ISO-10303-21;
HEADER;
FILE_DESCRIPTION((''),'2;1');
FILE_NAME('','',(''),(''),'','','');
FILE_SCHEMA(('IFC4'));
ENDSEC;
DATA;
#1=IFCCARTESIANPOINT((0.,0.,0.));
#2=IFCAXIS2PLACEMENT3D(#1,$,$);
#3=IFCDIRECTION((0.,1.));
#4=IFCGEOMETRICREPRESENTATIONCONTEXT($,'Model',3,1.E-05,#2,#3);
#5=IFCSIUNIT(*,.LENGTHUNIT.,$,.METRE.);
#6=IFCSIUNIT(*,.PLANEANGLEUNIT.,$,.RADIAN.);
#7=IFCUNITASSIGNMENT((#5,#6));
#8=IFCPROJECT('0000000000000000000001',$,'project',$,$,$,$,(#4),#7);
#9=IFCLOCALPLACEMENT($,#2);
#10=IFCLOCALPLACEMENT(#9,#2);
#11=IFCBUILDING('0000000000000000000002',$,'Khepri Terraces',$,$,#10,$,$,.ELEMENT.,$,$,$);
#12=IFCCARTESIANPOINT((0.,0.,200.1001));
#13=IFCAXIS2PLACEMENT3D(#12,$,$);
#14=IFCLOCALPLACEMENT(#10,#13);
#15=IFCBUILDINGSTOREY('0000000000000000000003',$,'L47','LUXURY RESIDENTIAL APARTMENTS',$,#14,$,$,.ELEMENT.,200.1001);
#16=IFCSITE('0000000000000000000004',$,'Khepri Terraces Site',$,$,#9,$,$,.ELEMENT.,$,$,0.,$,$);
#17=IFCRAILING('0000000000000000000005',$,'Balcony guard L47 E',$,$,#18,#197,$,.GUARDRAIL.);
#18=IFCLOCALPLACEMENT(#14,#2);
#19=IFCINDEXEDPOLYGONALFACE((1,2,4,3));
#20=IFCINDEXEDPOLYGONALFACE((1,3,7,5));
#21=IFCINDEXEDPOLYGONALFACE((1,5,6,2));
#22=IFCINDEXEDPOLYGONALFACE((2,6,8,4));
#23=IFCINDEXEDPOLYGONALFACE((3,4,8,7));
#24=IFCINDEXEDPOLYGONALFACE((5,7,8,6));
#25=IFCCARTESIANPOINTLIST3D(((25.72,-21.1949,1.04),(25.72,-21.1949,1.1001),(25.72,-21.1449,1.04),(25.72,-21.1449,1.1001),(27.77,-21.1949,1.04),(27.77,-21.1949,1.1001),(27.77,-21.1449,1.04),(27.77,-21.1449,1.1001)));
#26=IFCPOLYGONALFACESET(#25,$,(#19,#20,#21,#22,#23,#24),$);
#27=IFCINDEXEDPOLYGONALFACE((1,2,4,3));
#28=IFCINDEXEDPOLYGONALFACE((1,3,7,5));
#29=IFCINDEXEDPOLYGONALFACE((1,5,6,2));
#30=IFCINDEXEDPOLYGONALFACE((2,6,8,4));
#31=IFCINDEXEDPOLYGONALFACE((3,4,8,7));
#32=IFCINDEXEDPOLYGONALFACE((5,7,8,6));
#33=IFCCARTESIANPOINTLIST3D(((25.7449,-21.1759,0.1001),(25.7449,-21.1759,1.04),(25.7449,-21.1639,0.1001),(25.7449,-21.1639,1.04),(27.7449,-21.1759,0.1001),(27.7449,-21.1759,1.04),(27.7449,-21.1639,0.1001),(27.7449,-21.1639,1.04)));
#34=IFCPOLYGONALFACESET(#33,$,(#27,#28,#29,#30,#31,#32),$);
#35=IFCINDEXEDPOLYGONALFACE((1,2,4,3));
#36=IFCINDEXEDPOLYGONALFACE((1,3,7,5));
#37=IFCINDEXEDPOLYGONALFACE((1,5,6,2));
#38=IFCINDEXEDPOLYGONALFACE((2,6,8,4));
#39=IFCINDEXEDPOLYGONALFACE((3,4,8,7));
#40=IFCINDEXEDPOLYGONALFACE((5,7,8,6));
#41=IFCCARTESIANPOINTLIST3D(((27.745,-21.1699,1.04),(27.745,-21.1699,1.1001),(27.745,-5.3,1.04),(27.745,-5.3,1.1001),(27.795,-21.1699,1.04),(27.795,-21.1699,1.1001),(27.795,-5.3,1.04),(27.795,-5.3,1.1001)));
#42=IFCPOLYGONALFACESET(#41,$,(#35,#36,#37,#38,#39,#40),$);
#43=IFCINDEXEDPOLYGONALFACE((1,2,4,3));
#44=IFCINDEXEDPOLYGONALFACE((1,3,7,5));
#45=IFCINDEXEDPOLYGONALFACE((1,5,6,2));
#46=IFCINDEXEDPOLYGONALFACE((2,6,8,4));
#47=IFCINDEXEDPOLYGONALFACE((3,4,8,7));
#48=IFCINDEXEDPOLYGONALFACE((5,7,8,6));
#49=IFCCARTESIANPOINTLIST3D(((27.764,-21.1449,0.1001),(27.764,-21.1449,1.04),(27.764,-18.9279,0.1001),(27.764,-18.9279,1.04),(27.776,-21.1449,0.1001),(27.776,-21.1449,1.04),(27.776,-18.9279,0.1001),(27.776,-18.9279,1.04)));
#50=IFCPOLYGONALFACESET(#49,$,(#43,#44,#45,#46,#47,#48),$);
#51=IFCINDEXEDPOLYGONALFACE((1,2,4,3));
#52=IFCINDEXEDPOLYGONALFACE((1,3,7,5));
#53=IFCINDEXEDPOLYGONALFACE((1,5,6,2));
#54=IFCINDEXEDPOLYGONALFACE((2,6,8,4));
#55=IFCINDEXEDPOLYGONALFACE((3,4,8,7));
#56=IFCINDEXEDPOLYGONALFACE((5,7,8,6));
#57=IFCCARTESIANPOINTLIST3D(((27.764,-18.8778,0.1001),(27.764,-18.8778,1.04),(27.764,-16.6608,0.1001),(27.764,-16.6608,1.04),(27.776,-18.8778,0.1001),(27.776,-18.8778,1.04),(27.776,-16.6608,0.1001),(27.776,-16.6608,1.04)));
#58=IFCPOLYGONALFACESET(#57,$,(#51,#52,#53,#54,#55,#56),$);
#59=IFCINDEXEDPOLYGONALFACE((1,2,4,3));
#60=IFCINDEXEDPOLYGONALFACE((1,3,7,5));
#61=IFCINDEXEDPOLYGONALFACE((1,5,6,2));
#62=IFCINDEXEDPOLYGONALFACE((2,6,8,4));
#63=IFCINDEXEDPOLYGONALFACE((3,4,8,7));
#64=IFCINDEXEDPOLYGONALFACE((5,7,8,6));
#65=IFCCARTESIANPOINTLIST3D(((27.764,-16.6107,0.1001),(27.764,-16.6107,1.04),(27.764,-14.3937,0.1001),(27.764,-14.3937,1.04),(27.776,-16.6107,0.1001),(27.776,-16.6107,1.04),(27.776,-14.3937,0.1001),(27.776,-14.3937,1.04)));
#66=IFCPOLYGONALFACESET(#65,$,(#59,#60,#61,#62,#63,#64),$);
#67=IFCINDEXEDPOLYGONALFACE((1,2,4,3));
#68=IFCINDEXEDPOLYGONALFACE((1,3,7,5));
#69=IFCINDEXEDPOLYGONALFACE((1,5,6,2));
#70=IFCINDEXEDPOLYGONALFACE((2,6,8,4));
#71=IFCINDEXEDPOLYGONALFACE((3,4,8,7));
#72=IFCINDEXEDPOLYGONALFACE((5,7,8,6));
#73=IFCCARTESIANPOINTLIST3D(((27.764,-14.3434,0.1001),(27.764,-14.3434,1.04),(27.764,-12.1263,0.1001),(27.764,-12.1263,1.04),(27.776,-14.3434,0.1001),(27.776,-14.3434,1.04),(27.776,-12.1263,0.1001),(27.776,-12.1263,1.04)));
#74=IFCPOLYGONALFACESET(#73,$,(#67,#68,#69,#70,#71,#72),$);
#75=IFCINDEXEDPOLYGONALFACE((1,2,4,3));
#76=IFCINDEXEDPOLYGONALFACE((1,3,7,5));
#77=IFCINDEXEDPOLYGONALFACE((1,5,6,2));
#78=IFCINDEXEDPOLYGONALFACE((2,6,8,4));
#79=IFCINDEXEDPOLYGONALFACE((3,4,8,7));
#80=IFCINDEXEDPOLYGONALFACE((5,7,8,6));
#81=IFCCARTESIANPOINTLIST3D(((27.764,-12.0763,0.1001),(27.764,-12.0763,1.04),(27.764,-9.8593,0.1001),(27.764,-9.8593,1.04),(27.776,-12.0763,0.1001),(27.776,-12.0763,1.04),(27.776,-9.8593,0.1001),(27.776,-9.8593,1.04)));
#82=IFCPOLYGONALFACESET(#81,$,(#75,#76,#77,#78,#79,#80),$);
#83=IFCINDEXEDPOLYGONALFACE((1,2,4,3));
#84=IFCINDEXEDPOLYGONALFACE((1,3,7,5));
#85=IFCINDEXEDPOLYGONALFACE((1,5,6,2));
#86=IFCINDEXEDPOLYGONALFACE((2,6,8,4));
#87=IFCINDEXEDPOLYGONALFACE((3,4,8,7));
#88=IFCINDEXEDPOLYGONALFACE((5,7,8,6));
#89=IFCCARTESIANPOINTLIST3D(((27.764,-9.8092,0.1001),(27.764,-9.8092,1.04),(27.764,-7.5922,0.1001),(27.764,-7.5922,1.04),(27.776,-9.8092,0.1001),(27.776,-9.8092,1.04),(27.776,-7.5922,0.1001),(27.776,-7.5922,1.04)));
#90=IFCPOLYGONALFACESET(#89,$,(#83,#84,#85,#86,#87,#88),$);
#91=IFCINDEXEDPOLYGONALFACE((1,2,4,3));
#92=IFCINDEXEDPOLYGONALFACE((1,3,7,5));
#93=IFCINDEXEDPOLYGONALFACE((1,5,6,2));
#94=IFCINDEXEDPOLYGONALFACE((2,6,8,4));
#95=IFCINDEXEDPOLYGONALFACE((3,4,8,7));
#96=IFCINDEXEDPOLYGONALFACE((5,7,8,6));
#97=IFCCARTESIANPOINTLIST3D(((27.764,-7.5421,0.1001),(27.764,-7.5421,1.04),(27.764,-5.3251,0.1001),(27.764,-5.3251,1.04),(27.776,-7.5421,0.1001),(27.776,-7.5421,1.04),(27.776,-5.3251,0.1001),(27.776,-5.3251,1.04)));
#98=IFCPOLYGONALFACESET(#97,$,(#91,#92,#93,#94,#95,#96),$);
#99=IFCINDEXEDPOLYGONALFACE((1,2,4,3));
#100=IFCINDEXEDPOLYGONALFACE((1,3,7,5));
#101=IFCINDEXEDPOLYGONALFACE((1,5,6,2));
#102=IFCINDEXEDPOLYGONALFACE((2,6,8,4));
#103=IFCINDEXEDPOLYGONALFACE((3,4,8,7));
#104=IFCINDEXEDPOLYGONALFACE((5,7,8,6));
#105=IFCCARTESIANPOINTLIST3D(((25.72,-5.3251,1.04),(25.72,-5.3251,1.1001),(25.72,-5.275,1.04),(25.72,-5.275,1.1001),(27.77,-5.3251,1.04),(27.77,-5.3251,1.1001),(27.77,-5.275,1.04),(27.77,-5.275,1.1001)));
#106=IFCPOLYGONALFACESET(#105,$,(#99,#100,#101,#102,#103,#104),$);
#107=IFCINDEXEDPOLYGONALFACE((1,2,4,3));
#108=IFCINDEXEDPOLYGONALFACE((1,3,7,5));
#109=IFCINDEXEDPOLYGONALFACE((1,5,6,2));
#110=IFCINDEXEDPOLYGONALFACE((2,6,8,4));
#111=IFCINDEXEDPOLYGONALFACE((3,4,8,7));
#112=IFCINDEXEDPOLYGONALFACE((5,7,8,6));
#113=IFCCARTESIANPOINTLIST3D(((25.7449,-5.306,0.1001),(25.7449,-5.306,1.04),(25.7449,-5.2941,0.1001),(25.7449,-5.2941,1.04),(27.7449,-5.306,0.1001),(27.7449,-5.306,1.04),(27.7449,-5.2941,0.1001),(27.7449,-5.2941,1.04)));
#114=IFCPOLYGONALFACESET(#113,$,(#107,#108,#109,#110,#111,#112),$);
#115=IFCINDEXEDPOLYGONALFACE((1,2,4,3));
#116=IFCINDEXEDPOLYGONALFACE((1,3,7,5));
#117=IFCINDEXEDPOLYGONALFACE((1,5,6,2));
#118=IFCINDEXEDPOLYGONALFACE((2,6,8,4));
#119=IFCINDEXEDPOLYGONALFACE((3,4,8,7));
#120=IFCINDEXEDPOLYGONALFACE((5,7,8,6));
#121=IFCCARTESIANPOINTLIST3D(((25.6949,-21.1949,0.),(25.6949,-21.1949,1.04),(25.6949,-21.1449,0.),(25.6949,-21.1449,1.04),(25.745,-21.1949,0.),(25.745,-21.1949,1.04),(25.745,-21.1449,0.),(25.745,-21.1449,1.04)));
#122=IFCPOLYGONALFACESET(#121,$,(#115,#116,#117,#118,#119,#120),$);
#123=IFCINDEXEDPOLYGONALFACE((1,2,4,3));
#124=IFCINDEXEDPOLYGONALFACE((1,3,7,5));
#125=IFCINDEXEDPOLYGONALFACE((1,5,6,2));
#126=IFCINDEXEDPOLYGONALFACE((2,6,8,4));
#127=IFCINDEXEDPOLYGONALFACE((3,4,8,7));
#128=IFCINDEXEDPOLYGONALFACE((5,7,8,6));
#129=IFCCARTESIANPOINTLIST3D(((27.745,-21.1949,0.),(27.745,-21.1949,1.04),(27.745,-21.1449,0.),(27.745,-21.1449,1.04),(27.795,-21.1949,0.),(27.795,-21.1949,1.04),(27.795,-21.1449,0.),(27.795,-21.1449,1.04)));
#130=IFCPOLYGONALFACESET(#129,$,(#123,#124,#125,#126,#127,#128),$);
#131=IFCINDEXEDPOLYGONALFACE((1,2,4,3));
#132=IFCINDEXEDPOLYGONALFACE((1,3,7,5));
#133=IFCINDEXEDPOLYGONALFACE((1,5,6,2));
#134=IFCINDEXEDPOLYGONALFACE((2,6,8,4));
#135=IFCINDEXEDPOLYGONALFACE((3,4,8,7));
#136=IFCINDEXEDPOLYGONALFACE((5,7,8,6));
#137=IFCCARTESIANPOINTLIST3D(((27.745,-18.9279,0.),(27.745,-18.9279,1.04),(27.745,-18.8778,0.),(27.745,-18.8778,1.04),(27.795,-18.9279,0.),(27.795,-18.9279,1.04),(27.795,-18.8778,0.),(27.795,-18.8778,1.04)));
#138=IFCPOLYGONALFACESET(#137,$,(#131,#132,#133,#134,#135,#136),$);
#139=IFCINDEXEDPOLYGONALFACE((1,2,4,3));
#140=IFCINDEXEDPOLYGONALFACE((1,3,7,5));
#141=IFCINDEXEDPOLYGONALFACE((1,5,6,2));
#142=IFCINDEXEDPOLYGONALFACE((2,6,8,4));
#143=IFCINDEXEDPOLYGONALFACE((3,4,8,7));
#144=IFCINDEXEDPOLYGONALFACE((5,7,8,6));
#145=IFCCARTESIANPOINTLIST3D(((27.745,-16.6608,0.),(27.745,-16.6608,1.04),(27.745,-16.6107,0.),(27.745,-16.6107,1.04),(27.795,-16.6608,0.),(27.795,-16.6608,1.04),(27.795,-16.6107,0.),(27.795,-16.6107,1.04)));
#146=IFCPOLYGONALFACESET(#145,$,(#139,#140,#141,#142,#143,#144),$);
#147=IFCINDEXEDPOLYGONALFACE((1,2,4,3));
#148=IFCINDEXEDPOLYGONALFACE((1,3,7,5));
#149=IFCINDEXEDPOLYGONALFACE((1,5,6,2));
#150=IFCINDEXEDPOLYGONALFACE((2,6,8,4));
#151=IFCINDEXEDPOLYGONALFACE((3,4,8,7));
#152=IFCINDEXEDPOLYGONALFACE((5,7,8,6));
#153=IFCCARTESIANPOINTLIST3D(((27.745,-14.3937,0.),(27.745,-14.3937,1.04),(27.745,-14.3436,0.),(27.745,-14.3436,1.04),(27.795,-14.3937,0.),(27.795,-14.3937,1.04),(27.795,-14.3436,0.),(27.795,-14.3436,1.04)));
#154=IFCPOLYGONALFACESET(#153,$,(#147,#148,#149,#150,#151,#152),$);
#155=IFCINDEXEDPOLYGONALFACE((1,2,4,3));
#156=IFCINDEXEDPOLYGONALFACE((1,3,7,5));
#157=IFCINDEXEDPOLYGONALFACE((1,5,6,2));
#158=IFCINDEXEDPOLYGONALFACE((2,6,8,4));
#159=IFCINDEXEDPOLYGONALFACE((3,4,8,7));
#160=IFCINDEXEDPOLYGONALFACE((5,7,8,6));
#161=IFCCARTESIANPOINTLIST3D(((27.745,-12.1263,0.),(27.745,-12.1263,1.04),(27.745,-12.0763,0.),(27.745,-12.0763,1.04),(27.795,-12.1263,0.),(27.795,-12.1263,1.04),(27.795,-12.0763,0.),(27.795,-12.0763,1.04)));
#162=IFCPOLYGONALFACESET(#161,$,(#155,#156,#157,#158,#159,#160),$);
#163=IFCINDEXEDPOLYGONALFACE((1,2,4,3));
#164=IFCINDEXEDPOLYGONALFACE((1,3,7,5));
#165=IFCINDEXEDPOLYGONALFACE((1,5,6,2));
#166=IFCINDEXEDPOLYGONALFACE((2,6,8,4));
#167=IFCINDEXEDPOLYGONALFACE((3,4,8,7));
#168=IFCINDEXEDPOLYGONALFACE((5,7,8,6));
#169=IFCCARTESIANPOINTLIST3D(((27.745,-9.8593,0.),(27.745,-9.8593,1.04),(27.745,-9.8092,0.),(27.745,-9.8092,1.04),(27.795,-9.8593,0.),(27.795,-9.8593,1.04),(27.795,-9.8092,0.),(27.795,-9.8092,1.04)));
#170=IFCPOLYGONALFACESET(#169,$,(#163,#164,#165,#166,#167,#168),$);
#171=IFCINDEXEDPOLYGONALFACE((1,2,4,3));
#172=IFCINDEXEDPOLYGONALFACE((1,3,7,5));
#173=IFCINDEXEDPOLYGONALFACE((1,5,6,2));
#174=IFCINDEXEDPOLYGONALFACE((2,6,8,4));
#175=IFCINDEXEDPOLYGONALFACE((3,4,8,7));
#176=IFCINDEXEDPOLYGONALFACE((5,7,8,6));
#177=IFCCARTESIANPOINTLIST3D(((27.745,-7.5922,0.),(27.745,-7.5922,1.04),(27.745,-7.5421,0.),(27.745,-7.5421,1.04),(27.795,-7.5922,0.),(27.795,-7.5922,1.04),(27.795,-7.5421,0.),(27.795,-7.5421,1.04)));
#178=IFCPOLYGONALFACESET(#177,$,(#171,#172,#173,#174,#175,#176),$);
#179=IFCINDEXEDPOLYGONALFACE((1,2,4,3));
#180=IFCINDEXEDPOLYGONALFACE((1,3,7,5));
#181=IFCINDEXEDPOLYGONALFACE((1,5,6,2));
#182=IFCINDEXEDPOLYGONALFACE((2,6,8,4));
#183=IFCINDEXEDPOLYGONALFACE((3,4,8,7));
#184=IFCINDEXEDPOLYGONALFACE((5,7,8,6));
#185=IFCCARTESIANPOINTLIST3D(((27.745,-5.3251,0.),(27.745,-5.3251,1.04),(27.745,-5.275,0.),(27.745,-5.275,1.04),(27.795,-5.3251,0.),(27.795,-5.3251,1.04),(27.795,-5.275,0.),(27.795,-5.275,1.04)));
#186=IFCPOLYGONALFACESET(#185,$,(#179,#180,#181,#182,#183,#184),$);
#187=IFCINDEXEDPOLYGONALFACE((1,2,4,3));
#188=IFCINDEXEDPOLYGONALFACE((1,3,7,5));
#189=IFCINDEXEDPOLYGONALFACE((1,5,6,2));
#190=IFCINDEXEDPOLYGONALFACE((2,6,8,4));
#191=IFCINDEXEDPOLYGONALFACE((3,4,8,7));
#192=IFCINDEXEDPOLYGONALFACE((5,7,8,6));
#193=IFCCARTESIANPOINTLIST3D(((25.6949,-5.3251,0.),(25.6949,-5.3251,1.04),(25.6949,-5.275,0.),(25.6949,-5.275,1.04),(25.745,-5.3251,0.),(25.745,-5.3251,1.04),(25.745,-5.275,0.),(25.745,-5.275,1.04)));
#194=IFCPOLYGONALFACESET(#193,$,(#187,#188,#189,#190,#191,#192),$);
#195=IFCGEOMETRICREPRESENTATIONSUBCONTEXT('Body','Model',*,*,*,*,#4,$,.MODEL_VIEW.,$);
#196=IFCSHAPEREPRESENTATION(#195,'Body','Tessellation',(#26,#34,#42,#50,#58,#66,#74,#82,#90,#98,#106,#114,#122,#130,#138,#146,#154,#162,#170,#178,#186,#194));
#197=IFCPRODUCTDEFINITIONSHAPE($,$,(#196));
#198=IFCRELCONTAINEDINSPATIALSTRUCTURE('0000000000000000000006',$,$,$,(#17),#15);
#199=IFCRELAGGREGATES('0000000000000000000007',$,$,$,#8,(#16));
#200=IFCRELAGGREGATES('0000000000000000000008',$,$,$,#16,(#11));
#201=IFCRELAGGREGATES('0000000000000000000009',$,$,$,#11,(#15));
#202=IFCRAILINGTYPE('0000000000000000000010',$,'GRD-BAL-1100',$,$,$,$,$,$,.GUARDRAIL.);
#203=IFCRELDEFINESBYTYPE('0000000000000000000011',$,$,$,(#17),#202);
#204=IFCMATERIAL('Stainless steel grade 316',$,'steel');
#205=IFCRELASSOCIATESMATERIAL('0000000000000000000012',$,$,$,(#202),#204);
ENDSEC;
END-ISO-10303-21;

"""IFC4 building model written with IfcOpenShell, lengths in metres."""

from ifc_helpers import new_model, si_unit, direction, frame, origin, origin_2d, place, context, subcontext, project, spatial, rectangle, extrude, material, type_object, element, save


model = new_model("IFC4")

# Units and contexts
model_context = context("Model", 3, precision=1e-05, world=origin(), true_north=direction((0.0, 1.0)))
body_context = subcontext(model_context, "Body", "Model", "MODEL_VIEW")
ifc_project = project(units=[si_unit("LENGTHUNIT", "METRE"), si_unit("PLANEANGLEUNIT", "RADIAN")], contexts=[model_context])

# Site, building, storey
site_placement = place(None, origin())
site = spatial("IfcSite", under=ifc_project, at=site_placement, Name="Khepri Terraces Site", CompositionType="ELEMENT", RefElevation=0.0)
building_placement = place(site_placement, origin())
building = spatial("IfcBuilding", under=site, at=building_placement, Name="Khepri Terraces", CompositionType="ELEMENT")
storey_placement = place(building_placement, frame((0.0, 0.0, 200.1001)))
storey = spatial("IfcBuildingStorey", under=building, at=storey_placement, Name="L47", Description="LUXURY RESIDENTIAL APARTMENTS", CompositionType="ELEMENT", Elevation=200.1001)

# Railing
ifc_material_1 = material(Name="Stainless steel grade 316", Category="steel")
railing_type = type_object("IfcRailingType", Name="GRD-BAL-1100", PredefinedType="GUARDRAIL", material=ifc_material_1)
railing_placement = place(storey_placement, frame((25.72, -21.1699, 0.0)))
element("IfcRailing", 1, at=railing_placement, inside=storey, type_object=railing_type, Name="Balcony guard L47 E", PredefinedType="GUARDRAIL", context=body_context, shape_type="SweptSolid", body=[
    extrude(rectangle(XDim=0.05, YDim=0.0601, at=origin_2d()), frame((0.0, 0.0, 1.0701), z_axis=(1.0, 0.0, 0.0), x_axis=(0.0, 1.0, 0.0)), (0.0, 0.0, 1.0), 2.05),
    extrude(rectangle(XDim=2.0, YDim=0.012, at=origin_2d()), frame((1.0249, 0.0, 0.1001), z_axis=(0.0, 0.0, 1.0), x_axis=(1.0, 0.0, 0.0)), (0.0, 0.0, 1.0), 0.9399),
    extrude(rectangle(XDim=0.05, YDim=0.0601, at=origin_2d()), frame((2.05, 0.0, 1.0701), z_axis=(0.0, 1.0, 0.0), x_axis=(-1.0, 0.0, 0.0)), (0.0, 0.0, 1.0), 15.8699),
    extrude(rectangle(XDim=2.217, YDim=0.012, at=origin_2d()), frame((2.05, 1.1335, 0.1001), z_axis=(0.0, 0.0, 1.0), x_axis=(0.0, 1.0, 0.0)), (0.0, 0.0, 1.0), 0.9399),
    extrude(rectangle(XDim=2.217, YDim=0.012, at=origin_2d()), frame((2.05, 3.4006, 0.1001), z_axis=(0.0, 0.0, 1.0), x_axis=(0.0, 1.0, 0.0)), (0.0, 0.0, 1.0), 0.9399),
    extrude(rectangle(XDim=2.217, YDim=0.012, at=origin_2d()), frame((2.05, 5.6677, 0.1001), z_axis=(0.0, 0.0, 1.0), x_axis=(0.0, 1.0, 0.0)), (0.0, 0.0, 1.0), 0.9399),
    extrude(rectangle(XDim=2.217, YDim=0.012, at=origin_2d()), frame((2.05, 7.9351, 0.1001), z_axis=(0.0, 0.0, 1.0), x_axis=(0.0, 1.0, 0.0)), (0.0, 0.0, 1.0), 0.9399),
    extrude(rectangle(XDim=2.217, YDim=0.012, at=origin_2d()), frame((2.05, 10.2021, 0.1001), z_axis=(0.0, 0.0, 1.0), x_axis=(0.0, 1.0, 0.0)), (0.0, 0.0, 1.0), 0.9399),
    extrude(rectangle(XDim=2.217, YDim=0.012, at=origin_2d()), frame((2.05, 12.4692, 0.1001), z_axis=(0.0, 0.0, 1.0), x_axis=(0.0, 1.0, 0.0)), (0.0, 0.0, 1.0), 0.9399),
    extrude(rectangle(XDim=2.217, YDim=0.012, at=origin_2d()), frame((2.05, 14.7363, 0.1001), z_axis=(0.0, 0.0, 1.0), x_axis=(0.0, 1.0, 0.0)), (0.0, 0.0, 1.0), 0.9399),
    extrude(rectangle(XDim=0.05, YDim=0.0601, at=origin_2d()), frame((2.05, 15.8699, 1.0701), z_axis=(-1.0, 0.0, 0.0), x_axis=(0.0, -1.0, 0.0)), (0.0, 0.0, 1.0), 2.05),
    extrude(rectangle(XDim=2.0, YDim=0.012, at=origin_2d()), frame((1.0249, 15.8699, 0.1001), z_axis=(0.0, 0.0, 1.0), x_axis=(-1.0, 0.0, 0.0)), (0.0, 0.0, 1.0), 0.9399),
    extrude(rectangle(XDim=0.05, YDim=0.05, at=origin_2d()), origin(), (0.0, 0.0, 1.0), 1.04),
    extrude(rectangle(XDim=0.05, YDim=0.05, at=origin_2d()), frame((2.05, 0.0, 0.0)), (0.0, 0.0, 1.0), 1.04),
    extrude(rectangle(XDim=0.05, YDim=0.05, at=origin_2d()), frame((2.05, 2.2671, 0.0)), (0.0, 0.0, 1.0), 1.04),
    extrude(rectangle(XDim=0.05, YDim=0.05, at=origin_2d()), frame((2.05, 4.5342, 0.0)), (0.0, 0.0, 1.0), 1.04),
    extrude(rectangle(XDim=0.05, YDim=0.05, at=origin_2d()), frame((2.05, 6.8013, 0.0)), (0.0, 0.0, 1.0), 1.04),
    extrude(rectangle(XDim=0.05, YDim=0.05, at=origin_2d()), frame((2.05, 9.0686, 0.0)), (0.0, 0.0, 1.0), 1.04),
    extrude(rectangle(XDim=0.05, YDim=0.05, at=origin_2d()), frame((2.05, 11.3357, 0.0)), (0.0, 0.0, 1.0), 1.04),
    extrude(rectangle(XDim=0.05, YDim=0.05, at=origin_2d()), frame((2.05, 13.6028, 0.0)), (0.0, 0.0, 1.0), 1.04),
    extrude(rectangle(XDim=0.05, YDim=0.05, at=origin_2d()), frame((2.05, 15.8699, 0.0)), (0.0, 0.0, 1.0), 1.04),
    extrude(rectangle(XDim=0.05, YDim=0.05, at=origin_2d()), frame((0.0, 15.8699, 0.0)), (0.0, 0.0, 1.0), 1.04),
])

save(model, "model.ifc")
